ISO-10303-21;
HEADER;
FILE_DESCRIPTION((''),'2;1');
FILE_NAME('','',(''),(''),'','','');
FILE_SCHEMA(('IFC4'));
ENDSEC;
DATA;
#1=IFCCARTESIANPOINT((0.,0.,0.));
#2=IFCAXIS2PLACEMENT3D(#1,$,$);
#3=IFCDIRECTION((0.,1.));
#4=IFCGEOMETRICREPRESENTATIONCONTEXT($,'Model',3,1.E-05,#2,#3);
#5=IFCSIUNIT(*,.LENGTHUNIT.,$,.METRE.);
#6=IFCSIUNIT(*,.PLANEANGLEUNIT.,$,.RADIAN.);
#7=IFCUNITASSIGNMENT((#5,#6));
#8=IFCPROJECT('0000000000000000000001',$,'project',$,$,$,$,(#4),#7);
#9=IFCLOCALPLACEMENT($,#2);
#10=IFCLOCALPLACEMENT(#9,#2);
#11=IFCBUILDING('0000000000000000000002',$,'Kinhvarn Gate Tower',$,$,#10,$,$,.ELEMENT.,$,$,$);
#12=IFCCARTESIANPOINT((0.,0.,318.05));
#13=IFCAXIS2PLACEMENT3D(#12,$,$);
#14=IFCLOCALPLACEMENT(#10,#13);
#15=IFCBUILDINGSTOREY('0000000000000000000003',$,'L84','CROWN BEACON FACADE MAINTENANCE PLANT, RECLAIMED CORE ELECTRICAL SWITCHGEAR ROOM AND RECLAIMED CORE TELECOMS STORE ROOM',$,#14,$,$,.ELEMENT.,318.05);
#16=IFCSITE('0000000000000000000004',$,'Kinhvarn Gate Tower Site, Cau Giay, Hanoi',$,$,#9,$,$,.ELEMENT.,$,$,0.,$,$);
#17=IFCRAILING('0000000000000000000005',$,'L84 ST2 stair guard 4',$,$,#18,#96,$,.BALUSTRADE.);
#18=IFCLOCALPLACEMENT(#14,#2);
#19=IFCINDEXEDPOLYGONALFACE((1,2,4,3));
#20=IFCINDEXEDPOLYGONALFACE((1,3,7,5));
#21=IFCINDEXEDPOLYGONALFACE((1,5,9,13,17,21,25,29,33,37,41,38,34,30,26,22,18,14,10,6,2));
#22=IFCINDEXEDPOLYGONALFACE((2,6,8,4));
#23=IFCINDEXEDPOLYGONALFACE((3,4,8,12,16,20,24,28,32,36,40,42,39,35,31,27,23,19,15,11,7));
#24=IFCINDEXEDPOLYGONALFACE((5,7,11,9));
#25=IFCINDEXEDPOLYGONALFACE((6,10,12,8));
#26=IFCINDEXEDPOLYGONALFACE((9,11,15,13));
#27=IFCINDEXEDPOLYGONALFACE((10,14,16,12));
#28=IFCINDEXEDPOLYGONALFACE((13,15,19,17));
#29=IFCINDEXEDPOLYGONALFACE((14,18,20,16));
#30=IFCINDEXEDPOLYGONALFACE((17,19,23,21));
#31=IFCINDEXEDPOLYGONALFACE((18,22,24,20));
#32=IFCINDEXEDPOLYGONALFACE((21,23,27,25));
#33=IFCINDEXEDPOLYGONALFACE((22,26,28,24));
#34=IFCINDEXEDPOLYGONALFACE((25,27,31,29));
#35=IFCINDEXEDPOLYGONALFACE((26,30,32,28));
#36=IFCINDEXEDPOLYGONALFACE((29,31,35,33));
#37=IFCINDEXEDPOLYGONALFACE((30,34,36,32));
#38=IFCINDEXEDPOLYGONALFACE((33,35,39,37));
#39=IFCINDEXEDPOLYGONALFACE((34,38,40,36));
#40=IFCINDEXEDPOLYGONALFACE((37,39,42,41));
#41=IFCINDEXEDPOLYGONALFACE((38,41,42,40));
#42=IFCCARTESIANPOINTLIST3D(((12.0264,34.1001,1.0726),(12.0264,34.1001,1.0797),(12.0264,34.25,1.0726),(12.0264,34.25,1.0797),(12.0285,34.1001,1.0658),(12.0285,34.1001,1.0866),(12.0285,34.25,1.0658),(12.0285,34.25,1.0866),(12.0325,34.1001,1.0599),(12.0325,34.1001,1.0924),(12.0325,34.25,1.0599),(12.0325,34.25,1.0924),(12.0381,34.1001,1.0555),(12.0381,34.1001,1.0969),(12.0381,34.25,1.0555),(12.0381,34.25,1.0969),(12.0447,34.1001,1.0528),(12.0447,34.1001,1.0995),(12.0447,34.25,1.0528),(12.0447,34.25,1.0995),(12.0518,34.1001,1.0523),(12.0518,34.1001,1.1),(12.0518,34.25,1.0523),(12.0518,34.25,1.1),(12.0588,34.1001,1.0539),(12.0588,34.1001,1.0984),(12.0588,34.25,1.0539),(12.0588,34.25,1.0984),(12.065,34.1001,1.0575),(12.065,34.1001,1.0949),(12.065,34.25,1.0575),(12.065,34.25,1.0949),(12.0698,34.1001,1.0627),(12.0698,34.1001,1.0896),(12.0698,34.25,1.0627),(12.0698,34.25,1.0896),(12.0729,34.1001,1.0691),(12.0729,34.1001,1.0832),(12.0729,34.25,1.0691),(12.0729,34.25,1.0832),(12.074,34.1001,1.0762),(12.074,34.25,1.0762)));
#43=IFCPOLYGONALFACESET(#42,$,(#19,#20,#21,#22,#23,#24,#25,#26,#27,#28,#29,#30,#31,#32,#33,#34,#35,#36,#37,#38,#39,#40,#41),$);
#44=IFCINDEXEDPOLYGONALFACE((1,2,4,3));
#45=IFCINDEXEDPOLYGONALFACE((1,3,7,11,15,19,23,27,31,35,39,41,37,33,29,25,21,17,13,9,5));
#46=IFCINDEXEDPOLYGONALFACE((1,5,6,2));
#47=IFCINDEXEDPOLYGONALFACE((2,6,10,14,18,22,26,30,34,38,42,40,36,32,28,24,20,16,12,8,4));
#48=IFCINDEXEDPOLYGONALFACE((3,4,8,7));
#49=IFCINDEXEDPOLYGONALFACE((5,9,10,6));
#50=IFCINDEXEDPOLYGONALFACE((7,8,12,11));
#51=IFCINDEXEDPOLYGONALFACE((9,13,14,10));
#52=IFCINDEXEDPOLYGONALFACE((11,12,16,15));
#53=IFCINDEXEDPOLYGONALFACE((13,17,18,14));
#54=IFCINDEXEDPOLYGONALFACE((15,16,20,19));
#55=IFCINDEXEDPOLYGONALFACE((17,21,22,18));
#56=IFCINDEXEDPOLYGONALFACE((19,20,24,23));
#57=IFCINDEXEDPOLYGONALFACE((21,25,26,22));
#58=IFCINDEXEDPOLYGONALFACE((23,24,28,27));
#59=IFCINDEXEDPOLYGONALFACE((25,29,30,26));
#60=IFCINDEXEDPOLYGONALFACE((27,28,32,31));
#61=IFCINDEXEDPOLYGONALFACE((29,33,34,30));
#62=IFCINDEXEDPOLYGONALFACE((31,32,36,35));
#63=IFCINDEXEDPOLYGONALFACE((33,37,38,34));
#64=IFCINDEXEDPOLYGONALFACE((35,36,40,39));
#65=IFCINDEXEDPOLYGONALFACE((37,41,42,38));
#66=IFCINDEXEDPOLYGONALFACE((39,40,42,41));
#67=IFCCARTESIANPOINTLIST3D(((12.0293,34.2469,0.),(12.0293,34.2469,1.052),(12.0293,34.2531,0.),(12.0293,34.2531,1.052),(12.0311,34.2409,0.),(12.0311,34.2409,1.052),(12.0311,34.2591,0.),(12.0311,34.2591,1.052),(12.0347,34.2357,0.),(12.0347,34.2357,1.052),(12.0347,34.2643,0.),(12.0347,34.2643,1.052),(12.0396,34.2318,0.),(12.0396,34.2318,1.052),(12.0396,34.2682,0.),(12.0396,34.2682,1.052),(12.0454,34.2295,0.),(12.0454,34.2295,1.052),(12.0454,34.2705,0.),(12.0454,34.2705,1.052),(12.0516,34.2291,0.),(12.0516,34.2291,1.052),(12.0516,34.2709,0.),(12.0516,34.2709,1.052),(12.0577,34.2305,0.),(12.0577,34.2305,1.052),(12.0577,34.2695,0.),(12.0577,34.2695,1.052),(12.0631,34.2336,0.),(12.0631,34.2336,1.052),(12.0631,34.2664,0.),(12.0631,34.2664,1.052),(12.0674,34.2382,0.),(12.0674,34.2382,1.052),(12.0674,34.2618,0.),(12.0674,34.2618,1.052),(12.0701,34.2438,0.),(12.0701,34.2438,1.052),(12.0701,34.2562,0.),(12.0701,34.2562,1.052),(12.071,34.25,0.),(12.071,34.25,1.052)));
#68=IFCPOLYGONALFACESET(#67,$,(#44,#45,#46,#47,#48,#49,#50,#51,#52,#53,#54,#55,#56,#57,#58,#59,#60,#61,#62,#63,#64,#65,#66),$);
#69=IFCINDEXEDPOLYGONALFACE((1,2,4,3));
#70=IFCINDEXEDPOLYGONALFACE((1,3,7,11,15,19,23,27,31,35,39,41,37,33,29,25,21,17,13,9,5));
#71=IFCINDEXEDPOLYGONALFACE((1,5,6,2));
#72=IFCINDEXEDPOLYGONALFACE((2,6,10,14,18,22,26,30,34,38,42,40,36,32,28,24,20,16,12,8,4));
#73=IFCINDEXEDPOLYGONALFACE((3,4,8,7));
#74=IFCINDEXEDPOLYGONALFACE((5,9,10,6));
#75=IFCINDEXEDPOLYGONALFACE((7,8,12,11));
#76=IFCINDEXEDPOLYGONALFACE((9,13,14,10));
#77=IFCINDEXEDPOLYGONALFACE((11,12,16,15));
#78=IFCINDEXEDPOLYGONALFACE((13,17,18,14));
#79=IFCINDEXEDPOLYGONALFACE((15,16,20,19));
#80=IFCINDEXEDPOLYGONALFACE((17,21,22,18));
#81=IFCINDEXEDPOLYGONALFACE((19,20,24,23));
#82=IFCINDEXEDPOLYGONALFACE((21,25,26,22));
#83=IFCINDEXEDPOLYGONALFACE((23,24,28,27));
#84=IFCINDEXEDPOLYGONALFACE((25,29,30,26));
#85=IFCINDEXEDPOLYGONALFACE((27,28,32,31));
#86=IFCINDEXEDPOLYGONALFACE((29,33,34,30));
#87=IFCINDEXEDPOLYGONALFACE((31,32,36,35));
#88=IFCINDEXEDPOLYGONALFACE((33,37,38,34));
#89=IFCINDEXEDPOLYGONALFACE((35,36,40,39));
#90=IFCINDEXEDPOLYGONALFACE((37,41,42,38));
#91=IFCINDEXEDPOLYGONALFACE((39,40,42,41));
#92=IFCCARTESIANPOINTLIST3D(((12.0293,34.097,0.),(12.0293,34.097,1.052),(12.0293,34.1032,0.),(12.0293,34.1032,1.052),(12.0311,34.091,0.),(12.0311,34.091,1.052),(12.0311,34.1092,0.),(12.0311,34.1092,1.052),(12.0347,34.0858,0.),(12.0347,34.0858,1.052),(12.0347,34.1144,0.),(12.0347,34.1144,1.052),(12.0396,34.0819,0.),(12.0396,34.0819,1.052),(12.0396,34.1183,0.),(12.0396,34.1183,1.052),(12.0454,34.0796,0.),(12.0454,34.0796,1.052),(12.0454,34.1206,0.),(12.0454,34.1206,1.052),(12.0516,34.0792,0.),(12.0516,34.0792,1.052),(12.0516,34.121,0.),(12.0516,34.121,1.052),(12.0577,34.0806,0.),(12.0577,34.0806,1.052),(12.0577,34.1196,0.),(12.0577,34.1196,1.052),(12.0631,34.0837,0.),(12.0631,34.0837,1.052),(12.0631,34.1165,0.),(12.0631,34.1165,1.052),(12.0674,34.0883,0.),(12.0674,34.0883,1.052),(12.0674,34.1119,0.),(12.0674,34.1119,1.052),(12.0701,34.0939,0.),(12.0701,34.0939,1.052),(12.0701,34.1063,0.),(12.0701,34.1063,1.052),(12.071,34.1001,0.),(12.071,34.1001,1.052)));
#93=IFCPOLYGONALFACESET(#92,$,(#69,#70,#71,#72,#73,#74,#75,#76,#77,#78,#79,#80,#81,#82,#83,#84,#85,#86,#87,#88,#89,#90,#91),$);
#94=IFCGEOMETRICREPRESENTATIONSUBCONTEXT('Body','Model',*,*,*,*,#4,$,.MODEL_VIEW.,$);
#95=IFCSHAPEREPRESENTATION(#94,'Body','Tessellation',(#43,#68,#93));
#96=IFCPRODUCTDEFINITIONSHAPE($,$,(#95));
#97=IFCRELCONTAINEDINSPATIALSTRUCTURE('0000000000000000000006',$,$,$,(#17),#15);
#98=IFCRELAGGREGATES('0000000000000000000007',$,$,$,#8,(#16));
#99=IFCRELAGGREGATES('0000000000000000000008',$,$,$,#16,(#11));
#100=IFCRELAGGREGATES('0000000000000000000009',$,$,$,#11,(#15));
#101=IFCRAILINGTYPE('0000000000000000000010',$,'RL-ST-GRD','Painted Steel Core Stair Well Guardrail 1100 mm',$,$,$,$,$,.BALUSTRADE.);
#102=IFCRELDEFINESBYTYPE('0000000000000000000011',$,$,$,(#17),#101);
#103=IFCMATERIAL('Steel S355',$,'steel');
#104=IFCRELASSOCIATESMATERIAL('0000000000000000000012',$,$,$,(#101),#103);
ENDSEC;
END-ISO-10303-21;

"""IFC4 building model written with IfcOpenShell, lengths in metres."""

from ifc_helpers import new_model, si_unit, direction, frame, origin, origin_2d, place, context, subcontext, project, spatial, circle, extrude, material, type_object, element, save


model = new_model("IFC4")

# Units and contexts
model_context = context("Model", 3, precision=1e-05, world=origin(), true_north=direction((0.0, 1.0)))
body_context = subcontext(model_context, "Body", "Model", "MODEL_VIEW")
ifc_project = project(units=[si_unit("LENGTHUNIT", "METRE"), si_unit("PLANEANGLEUNIT", "RADIAN")], contexts=[model_context])

# Site, building, storey
site_placement = place(None, origin())
site = spatial("IfcSite", under=ifc_project, at=site_placement, Name="Kinhvarn Gate Tower Site, Cau Giay, Hanoi", CompositionType="ELEMENT", RefElevation=0.0)
building_placement = place(site_placement, origin())
building = spatial("IfcBuilding", under=site, at=building_placement, Name="Kinhvarn Gate Tower", CompositionType="ELEMENT")
storey_placement = place(building_placement, frame((0.0, 0.0, 318.05)))
storey = spatial("IfcBuildingStorey", under=building, at=storey_placement, Name="L84", Description="CROWN BEACON FACADE MAINTENANCE PLANT, RECLAIMED CORE ELECTRICAL SWITCHGEAR ROOM AND RECLAIMED CORE TELECOMS STORE ROOM", CompositionType="ELEMENT", Elevation=318.05)

# Railing
ifc_material_1 = material(Name="Steel S355", Category="steel")
railing_type_1 = type_object("IfcRailingType", Name="RL-ST-GRD", Description="Painted Steel Core Stair Well Guardrail 1100 mm", PredefinedType="BALUSTRADE", material=ifc_material_1)
railing_1_placement = place(storey_placement, frame((12.05, 34.25, 0.0)))
element("IfcRailing", 1, at=railing_1_placement, inside=storey, type_object=railing_type_1, Name="L84 ST2 stair guard 4", PredefinedType="BALUSTRADE", context=body_context, shape_type="SweptSolid", body=[
    extrude(circle(Radius=0.0239, at=origin_2d()), frame((0.0, 0.0, 1.0762), z_axis=(0.0, -1.0, 0.0), x_axis=(1.0, 0.0, 0.0)), (0.0, 0.0, 1.0), 0.1499),
    extrude(circle(Radius=0.021, at=origin_2d()), origin(), (0.0, 0.0, 1.0), 1.052),
    extrude(circle(Radius=0.021, at=origin_2d()), frame((0.0, -0.1499, 0.0)), (0.0, 0.0, 1.0), 1.052),
])

save(model, "model.ifc")
